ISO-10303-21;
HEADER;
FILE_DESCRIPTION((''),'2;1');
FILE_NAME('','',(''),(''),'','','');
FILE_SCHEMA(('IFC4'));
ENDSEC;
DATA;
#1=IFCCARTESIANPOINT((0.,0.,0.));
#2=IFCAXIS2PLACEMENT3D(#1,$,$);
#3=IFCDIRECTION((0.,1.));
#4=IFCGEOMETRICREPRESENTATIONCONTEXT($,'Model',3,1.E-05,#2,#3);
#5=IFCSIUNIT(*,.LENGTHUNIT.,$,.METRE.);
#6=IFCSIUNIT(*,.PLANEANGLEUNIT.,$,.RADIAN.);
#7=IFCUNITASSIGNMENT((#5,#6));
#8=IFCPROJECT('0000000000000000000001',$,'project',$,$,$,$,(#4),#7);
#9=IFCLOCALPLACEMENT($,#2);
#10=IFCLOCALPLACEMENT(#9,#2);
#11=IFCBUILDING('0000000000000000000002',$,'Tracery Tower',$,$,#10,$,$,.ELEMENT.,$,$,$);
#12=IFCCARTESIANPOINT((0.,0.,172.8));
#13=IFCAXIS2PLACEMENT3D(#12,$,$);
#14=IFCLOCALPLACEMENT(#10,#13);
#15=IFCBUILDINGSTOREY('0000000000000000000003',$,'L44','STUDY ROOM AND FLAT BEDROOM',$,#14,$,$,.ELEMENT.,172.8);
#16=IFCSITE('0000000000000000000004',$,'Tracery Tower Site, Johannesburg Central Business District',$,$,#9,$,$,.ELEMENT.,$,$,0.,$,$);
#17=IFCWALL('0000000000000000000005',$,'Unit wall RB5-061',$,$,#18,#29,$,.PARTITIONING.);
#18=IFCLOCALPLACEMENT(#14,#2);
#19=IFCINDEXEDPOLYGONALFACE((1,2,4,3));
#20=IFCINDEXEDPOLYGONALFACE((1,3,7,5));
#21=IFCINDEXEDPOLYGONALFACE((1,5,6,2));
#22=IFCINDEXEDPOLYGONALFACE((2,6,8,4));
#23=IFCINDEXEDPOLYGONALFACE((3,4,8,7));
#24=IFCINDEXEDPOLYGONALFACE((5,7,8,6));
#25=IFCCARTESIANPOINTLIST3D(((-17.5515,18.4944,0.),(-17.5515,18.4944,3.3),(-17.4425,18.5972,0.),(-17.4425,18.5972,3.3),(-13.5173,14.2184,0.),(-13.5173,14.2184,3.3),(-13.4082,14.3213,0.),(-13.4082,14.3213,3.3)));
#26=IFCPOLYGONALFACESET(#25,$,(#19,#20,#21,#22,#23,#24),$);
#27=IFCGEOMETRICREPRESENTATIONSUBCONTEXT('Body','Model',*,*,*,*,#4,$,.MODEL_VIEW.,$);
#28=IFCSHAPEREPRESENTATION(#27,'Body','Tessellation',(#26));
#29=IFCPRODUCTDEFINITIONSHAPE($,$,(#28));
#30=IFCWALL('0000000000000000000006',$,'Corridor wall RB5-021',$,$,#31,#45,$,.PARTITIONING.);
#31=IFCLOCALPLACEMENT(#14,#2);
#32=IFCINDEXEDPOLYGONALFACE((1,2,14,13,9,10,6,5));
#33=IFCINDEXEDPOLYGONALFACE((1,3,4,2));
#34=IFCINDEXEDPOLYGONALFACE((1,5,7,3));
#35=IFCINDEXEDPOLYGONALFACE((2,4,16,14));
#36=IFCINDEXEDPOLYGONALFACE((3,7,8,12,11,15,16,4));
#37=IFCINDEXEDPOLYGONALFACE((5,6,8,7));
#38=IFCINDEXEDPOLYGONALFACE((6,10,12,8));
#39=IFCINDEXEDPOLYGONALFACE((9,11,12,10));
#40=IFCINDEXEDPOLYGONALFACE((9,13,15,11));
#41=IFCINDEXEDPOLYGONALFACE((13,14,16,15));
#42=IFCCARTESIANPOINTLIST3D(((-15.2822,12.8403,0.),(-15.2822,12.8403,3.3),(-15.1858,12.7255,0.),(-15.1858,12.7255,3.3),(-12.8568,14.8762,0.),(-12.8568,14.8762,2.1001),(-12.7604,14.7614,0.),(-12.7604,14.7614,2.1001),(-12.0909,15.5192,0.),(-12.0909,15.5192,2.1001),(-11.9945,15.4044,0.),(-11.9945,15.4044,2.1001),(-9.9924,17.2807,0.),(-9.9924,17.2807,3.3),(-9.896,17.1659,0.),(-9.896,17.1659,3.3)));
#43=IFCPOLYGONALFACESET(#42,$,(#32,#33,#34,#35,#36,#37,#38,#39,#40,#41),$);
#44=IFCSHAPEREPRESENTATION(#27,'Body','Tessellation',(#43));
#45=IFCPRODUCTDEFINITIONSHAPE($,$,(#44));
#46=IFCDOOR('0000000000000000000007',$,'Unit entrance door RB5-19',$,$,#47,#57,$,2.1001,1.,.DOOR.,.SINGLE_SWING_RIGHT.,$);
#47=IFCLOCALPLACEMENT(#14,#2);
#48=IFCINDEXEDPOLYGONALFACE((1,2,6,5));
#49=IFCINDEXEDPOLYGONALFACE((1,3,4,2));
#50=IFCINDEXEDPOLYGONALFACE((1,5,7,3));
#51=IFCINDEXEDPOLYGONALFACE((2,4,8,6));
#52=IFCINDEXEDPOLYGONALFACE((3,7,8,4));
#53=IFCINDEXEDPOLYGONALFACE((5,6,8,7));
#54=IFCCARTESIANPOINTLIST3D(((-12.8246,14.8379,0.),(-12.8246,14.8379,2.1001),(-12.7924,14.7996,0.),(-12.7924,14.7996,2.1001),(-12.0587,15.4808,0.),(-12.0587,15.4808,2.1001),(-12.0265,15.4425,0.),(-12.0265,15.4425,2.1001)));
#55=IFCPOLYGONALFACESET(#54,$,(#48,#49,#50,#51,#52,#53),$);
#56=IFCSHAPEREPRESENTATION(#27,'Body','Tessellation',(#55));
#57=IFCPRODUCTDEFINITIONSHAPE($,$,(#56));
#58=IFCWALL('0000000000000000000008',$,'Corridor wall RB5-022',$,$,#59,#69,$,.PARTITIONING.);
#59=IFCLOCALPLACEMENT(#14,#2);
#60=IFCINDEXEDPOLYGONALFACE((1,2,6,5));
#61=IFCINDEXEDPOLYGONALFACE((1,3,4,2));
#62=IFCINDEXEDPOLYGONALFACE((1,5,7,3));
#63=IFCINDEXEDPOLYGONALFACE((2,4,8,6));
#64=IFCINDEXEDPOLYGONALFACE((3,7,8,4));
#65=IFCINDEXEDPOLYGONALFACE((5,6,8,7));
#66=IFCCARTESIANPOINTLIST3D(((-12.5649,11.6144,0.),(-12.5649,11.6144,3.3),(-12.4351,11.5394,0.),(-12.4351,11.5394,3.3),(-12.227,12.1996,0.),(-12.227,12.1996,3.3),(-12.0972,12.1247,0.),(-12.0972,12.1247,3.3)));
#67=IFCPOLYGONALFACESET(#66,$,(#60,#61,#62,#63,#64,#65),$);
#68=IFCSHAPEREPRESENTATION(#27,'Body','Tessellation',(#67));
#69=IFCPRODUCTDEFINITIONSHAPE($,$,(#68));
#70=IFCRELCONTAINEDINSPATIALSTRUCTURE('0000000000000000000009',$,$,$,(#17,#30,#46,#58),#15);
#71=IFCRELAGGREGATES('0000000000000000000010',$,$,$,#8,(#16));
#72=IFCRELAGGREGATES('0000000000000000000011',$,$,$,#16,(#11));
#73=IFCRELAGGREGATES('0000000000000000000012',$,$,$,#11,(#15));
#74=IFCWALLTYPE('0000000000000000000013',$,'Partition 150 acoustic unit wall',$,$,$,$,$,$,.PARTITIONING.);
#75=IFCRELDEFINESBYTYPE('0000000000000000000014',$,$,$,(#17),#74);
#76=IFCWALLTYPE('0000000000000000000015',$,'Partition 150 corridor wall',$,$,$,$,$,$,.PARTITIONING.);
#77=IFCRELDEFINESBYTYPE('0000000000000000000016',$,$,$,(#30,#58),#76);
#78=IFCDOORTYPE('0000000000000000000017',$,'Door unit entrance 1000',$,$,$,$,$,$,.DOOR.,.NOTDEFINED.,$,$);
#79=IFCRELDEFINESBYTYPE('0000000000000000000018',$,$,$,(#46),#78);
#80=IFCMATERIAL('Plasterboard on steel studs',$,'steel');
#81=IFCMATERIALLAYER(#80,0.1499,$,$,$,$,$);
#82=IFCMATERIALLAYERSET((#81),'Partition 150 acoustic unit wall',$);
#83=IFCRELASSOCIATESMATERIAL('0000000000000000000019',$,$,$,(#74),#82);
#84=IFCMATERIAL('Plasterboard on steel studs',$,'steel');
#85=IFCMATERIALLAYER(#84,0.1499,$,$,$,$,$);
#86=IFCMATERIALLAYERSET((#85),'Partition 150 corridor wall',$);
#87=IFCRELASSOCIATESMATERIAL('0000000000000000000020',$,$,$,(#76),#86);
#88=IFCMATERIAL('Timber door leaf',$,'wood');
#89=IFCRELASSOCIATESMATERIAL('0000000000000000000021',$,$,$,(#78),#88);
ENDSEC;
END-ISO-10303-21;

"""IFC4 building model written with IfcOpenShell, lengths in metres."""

from ifc_helpers import new_model, si_unit, direction, frame, frame_2d, origin, place, context, subcontext, project, spatial, rectangle, extrude, material, layer, layer_set, type_object, element, fill, save


model = new_model("IFC4")

# Units and contexts
model_context = context("Model", 3, precision=1e-05, world=origin(), true_north=direction((0.0, 1.0)))
body_context = subcontext(model_context, "Body", "Model", "MODEL_VIEW")
ifc_project = project(units=[si_unit("LENGTHUNIT", "METRE"), si_unit("PLANEANGLEUNIT", "RADIAN")], contexts=[model_context])

# Site, building, storey
site_placement = place(None, origin())
site = spatial("IfcSite", under=ifc_project, at=site_placement, Name="Tracery Tower Site, Johannesburg Central Business District", CompositionType="ELEMENT", RefElevation=0.0)
building_placement = place(site_placement, origin())
building = spatial("IfcBuilding", under=site, at=building_placement, Name="Tracery Tower", CompositionType="ELEMENT")
storey_placement = place(building_placement, frame((0.0, 0.0, 172.8)))
storey = spatial("IfcBuildingStorey", under=building, at=storey_placement, Name="L44", Description="STUDY ROOM AND FLAT BEDROOM", CompositionType="ELEMENT", Elevation=172.8)

# Wall
ifc_material_1 = material(Name="Plasterboard on steel studs", Category="steel")
ifc_layer_1 = layer(ifc_material_1, 0.1499)
ifc_layer_set_1 = layer_set([ifc_layer_1], Name="Partition 150 acoustic unit wall")
wall_type_1 = type_object("IfcWallType", Name="Partition 150 acoustic unit wall", PredefinedType="PARTITIONING", material=ifc_layer_set_1)
wall_1_placement = place(storey_placement, frame((-17.4971, 18.5459, 0.0), z_axis=(0.0, 0.0, 1.0), x_axis=(0.68625, -0.727365, 0.0)))
element("IfcWall", 1, at=wall_1_placement, inside=storey, type_object=wall_type_1, Name="Unit wall RB5-061", PredefinedType="PARTITIONING", context=body_context, shape_type="SweptSolid", body=[
    extrude(rectangle(XDim=5.8787, YDim=0.1499, at=frame_2d((2.9395, 0.0))), origin(), (0.0, 0.0, 1.0), 3.3),
])

# Wall, opening, door
ifc_material_2 = material(Name="Plasterboard on steel studs", Category="steel")
ifc_layer_2 = layer(ifc_material_2, 0.1499)
ifc_layer_set_2 = layer_set([ifc_layer_2], Name="Partition 150 corridor wall")
wall_type_2 = type_object("IfcWallType", Name="Partition 150 corridor wall", PredefinedType="PARTITIONING", material=ifc_layer_set_2)
wall_2_placement = place(storey_placement, frame((-15.2339, 12.783, 0.0), z_axis=(0.0, 0.0, 1.0), x_axis=(0.765919, 0.642938, 0.0)))
wall_2 = element("IfcWall", 2, at=wall_2_placement, inside=storey, type_object=wall_type_2, Name="Corridor wall RB5-021", PredefinedType="PARTITIONING", context=body_context, shape_type="SweptSolid", body=[
    extrude(rectangle(XDim=6.9065, YDim=0.1499, at=frame_2d((3.4531, 0.0))), origin(), (0.0, 0.0, 1.0), 3.3),
])
opening_1_placement = place(wall_2_placement, frame((3.1665, 0.0, 0.0)))
opening_1 = element("IfcOpeningElement", 3, at=opening_1_placement, cuts=wall_2, PredefinedType="OPENING", context=body_context, shape_type="SweptSolid", body=[
    extrude(rectangle(XDim=1.0, YDim=2.1001, at=frame_2d((0.5, 1.05))), frame((0.0, 0.075, 0.0), z_axis=(0.0, -1.0, 0.0), x_axis=(1.0, 0.0, 0.0)), (0.0, 0.0, 1.0), 0.1499),
])
ifc_material_3 = material(Name="Timber door leaf", Category="wood")
door_type_1 = type_object("IfcDoorType", Name="Door unit entrance 1000", OperationType="NOTDEFINED", PredefinedType="DOOR", material=ifc_material_3)
door_1_placement = place(opening_1_placement, origin())
door_1 = element("IfcDoor", 4, at=door_1_placement, inside=storey, type_object=door_type_1, Name="Unit entrance door RB5-19", OperationType="SINGLE_SWING_RIGHT", OverallHeight=2.1001, OverallWidth=1.0, PredefinedType="DOOR", context=body_context, shape_type="SweptSolid", body=[
    extrude(rectangle(XDim=1.0, YDim=2.1001, at=frame_2d((0.5, 1.05))), frame((0.0, 0.0249, 0.0), z_axis=(0.0, -1.0, 0.0), x_axis=(1.0, 0.0, 0.0)), (0.0, 0.0, 1.0), 0.05),
])
fill(opening_1, door_1)

# Wall
wall_3_placement = place(storey_placement, frame((-12.5, 11.5769, 0.0), z_axis=(0.0, 0.0, 1.0), x_axis=(0.500025, 0.866011, 0.0)))
element("IfcWall", 5, at=wall_3_placement, inside=storey, type_object=wall_type_2, Name="Corridor wall RB5-022", PredefinedType="PARTITIONING", context=body_context, shape_type="SweptSolid", body=[
    extrude(rectangle(XDim=0.6758, YDim=0.1499, at=frame_2d((0.3379, 0.0))), origin(), (0.0, 0.0, 1.0), 3.3),
])

save(model, "model.ifc")
